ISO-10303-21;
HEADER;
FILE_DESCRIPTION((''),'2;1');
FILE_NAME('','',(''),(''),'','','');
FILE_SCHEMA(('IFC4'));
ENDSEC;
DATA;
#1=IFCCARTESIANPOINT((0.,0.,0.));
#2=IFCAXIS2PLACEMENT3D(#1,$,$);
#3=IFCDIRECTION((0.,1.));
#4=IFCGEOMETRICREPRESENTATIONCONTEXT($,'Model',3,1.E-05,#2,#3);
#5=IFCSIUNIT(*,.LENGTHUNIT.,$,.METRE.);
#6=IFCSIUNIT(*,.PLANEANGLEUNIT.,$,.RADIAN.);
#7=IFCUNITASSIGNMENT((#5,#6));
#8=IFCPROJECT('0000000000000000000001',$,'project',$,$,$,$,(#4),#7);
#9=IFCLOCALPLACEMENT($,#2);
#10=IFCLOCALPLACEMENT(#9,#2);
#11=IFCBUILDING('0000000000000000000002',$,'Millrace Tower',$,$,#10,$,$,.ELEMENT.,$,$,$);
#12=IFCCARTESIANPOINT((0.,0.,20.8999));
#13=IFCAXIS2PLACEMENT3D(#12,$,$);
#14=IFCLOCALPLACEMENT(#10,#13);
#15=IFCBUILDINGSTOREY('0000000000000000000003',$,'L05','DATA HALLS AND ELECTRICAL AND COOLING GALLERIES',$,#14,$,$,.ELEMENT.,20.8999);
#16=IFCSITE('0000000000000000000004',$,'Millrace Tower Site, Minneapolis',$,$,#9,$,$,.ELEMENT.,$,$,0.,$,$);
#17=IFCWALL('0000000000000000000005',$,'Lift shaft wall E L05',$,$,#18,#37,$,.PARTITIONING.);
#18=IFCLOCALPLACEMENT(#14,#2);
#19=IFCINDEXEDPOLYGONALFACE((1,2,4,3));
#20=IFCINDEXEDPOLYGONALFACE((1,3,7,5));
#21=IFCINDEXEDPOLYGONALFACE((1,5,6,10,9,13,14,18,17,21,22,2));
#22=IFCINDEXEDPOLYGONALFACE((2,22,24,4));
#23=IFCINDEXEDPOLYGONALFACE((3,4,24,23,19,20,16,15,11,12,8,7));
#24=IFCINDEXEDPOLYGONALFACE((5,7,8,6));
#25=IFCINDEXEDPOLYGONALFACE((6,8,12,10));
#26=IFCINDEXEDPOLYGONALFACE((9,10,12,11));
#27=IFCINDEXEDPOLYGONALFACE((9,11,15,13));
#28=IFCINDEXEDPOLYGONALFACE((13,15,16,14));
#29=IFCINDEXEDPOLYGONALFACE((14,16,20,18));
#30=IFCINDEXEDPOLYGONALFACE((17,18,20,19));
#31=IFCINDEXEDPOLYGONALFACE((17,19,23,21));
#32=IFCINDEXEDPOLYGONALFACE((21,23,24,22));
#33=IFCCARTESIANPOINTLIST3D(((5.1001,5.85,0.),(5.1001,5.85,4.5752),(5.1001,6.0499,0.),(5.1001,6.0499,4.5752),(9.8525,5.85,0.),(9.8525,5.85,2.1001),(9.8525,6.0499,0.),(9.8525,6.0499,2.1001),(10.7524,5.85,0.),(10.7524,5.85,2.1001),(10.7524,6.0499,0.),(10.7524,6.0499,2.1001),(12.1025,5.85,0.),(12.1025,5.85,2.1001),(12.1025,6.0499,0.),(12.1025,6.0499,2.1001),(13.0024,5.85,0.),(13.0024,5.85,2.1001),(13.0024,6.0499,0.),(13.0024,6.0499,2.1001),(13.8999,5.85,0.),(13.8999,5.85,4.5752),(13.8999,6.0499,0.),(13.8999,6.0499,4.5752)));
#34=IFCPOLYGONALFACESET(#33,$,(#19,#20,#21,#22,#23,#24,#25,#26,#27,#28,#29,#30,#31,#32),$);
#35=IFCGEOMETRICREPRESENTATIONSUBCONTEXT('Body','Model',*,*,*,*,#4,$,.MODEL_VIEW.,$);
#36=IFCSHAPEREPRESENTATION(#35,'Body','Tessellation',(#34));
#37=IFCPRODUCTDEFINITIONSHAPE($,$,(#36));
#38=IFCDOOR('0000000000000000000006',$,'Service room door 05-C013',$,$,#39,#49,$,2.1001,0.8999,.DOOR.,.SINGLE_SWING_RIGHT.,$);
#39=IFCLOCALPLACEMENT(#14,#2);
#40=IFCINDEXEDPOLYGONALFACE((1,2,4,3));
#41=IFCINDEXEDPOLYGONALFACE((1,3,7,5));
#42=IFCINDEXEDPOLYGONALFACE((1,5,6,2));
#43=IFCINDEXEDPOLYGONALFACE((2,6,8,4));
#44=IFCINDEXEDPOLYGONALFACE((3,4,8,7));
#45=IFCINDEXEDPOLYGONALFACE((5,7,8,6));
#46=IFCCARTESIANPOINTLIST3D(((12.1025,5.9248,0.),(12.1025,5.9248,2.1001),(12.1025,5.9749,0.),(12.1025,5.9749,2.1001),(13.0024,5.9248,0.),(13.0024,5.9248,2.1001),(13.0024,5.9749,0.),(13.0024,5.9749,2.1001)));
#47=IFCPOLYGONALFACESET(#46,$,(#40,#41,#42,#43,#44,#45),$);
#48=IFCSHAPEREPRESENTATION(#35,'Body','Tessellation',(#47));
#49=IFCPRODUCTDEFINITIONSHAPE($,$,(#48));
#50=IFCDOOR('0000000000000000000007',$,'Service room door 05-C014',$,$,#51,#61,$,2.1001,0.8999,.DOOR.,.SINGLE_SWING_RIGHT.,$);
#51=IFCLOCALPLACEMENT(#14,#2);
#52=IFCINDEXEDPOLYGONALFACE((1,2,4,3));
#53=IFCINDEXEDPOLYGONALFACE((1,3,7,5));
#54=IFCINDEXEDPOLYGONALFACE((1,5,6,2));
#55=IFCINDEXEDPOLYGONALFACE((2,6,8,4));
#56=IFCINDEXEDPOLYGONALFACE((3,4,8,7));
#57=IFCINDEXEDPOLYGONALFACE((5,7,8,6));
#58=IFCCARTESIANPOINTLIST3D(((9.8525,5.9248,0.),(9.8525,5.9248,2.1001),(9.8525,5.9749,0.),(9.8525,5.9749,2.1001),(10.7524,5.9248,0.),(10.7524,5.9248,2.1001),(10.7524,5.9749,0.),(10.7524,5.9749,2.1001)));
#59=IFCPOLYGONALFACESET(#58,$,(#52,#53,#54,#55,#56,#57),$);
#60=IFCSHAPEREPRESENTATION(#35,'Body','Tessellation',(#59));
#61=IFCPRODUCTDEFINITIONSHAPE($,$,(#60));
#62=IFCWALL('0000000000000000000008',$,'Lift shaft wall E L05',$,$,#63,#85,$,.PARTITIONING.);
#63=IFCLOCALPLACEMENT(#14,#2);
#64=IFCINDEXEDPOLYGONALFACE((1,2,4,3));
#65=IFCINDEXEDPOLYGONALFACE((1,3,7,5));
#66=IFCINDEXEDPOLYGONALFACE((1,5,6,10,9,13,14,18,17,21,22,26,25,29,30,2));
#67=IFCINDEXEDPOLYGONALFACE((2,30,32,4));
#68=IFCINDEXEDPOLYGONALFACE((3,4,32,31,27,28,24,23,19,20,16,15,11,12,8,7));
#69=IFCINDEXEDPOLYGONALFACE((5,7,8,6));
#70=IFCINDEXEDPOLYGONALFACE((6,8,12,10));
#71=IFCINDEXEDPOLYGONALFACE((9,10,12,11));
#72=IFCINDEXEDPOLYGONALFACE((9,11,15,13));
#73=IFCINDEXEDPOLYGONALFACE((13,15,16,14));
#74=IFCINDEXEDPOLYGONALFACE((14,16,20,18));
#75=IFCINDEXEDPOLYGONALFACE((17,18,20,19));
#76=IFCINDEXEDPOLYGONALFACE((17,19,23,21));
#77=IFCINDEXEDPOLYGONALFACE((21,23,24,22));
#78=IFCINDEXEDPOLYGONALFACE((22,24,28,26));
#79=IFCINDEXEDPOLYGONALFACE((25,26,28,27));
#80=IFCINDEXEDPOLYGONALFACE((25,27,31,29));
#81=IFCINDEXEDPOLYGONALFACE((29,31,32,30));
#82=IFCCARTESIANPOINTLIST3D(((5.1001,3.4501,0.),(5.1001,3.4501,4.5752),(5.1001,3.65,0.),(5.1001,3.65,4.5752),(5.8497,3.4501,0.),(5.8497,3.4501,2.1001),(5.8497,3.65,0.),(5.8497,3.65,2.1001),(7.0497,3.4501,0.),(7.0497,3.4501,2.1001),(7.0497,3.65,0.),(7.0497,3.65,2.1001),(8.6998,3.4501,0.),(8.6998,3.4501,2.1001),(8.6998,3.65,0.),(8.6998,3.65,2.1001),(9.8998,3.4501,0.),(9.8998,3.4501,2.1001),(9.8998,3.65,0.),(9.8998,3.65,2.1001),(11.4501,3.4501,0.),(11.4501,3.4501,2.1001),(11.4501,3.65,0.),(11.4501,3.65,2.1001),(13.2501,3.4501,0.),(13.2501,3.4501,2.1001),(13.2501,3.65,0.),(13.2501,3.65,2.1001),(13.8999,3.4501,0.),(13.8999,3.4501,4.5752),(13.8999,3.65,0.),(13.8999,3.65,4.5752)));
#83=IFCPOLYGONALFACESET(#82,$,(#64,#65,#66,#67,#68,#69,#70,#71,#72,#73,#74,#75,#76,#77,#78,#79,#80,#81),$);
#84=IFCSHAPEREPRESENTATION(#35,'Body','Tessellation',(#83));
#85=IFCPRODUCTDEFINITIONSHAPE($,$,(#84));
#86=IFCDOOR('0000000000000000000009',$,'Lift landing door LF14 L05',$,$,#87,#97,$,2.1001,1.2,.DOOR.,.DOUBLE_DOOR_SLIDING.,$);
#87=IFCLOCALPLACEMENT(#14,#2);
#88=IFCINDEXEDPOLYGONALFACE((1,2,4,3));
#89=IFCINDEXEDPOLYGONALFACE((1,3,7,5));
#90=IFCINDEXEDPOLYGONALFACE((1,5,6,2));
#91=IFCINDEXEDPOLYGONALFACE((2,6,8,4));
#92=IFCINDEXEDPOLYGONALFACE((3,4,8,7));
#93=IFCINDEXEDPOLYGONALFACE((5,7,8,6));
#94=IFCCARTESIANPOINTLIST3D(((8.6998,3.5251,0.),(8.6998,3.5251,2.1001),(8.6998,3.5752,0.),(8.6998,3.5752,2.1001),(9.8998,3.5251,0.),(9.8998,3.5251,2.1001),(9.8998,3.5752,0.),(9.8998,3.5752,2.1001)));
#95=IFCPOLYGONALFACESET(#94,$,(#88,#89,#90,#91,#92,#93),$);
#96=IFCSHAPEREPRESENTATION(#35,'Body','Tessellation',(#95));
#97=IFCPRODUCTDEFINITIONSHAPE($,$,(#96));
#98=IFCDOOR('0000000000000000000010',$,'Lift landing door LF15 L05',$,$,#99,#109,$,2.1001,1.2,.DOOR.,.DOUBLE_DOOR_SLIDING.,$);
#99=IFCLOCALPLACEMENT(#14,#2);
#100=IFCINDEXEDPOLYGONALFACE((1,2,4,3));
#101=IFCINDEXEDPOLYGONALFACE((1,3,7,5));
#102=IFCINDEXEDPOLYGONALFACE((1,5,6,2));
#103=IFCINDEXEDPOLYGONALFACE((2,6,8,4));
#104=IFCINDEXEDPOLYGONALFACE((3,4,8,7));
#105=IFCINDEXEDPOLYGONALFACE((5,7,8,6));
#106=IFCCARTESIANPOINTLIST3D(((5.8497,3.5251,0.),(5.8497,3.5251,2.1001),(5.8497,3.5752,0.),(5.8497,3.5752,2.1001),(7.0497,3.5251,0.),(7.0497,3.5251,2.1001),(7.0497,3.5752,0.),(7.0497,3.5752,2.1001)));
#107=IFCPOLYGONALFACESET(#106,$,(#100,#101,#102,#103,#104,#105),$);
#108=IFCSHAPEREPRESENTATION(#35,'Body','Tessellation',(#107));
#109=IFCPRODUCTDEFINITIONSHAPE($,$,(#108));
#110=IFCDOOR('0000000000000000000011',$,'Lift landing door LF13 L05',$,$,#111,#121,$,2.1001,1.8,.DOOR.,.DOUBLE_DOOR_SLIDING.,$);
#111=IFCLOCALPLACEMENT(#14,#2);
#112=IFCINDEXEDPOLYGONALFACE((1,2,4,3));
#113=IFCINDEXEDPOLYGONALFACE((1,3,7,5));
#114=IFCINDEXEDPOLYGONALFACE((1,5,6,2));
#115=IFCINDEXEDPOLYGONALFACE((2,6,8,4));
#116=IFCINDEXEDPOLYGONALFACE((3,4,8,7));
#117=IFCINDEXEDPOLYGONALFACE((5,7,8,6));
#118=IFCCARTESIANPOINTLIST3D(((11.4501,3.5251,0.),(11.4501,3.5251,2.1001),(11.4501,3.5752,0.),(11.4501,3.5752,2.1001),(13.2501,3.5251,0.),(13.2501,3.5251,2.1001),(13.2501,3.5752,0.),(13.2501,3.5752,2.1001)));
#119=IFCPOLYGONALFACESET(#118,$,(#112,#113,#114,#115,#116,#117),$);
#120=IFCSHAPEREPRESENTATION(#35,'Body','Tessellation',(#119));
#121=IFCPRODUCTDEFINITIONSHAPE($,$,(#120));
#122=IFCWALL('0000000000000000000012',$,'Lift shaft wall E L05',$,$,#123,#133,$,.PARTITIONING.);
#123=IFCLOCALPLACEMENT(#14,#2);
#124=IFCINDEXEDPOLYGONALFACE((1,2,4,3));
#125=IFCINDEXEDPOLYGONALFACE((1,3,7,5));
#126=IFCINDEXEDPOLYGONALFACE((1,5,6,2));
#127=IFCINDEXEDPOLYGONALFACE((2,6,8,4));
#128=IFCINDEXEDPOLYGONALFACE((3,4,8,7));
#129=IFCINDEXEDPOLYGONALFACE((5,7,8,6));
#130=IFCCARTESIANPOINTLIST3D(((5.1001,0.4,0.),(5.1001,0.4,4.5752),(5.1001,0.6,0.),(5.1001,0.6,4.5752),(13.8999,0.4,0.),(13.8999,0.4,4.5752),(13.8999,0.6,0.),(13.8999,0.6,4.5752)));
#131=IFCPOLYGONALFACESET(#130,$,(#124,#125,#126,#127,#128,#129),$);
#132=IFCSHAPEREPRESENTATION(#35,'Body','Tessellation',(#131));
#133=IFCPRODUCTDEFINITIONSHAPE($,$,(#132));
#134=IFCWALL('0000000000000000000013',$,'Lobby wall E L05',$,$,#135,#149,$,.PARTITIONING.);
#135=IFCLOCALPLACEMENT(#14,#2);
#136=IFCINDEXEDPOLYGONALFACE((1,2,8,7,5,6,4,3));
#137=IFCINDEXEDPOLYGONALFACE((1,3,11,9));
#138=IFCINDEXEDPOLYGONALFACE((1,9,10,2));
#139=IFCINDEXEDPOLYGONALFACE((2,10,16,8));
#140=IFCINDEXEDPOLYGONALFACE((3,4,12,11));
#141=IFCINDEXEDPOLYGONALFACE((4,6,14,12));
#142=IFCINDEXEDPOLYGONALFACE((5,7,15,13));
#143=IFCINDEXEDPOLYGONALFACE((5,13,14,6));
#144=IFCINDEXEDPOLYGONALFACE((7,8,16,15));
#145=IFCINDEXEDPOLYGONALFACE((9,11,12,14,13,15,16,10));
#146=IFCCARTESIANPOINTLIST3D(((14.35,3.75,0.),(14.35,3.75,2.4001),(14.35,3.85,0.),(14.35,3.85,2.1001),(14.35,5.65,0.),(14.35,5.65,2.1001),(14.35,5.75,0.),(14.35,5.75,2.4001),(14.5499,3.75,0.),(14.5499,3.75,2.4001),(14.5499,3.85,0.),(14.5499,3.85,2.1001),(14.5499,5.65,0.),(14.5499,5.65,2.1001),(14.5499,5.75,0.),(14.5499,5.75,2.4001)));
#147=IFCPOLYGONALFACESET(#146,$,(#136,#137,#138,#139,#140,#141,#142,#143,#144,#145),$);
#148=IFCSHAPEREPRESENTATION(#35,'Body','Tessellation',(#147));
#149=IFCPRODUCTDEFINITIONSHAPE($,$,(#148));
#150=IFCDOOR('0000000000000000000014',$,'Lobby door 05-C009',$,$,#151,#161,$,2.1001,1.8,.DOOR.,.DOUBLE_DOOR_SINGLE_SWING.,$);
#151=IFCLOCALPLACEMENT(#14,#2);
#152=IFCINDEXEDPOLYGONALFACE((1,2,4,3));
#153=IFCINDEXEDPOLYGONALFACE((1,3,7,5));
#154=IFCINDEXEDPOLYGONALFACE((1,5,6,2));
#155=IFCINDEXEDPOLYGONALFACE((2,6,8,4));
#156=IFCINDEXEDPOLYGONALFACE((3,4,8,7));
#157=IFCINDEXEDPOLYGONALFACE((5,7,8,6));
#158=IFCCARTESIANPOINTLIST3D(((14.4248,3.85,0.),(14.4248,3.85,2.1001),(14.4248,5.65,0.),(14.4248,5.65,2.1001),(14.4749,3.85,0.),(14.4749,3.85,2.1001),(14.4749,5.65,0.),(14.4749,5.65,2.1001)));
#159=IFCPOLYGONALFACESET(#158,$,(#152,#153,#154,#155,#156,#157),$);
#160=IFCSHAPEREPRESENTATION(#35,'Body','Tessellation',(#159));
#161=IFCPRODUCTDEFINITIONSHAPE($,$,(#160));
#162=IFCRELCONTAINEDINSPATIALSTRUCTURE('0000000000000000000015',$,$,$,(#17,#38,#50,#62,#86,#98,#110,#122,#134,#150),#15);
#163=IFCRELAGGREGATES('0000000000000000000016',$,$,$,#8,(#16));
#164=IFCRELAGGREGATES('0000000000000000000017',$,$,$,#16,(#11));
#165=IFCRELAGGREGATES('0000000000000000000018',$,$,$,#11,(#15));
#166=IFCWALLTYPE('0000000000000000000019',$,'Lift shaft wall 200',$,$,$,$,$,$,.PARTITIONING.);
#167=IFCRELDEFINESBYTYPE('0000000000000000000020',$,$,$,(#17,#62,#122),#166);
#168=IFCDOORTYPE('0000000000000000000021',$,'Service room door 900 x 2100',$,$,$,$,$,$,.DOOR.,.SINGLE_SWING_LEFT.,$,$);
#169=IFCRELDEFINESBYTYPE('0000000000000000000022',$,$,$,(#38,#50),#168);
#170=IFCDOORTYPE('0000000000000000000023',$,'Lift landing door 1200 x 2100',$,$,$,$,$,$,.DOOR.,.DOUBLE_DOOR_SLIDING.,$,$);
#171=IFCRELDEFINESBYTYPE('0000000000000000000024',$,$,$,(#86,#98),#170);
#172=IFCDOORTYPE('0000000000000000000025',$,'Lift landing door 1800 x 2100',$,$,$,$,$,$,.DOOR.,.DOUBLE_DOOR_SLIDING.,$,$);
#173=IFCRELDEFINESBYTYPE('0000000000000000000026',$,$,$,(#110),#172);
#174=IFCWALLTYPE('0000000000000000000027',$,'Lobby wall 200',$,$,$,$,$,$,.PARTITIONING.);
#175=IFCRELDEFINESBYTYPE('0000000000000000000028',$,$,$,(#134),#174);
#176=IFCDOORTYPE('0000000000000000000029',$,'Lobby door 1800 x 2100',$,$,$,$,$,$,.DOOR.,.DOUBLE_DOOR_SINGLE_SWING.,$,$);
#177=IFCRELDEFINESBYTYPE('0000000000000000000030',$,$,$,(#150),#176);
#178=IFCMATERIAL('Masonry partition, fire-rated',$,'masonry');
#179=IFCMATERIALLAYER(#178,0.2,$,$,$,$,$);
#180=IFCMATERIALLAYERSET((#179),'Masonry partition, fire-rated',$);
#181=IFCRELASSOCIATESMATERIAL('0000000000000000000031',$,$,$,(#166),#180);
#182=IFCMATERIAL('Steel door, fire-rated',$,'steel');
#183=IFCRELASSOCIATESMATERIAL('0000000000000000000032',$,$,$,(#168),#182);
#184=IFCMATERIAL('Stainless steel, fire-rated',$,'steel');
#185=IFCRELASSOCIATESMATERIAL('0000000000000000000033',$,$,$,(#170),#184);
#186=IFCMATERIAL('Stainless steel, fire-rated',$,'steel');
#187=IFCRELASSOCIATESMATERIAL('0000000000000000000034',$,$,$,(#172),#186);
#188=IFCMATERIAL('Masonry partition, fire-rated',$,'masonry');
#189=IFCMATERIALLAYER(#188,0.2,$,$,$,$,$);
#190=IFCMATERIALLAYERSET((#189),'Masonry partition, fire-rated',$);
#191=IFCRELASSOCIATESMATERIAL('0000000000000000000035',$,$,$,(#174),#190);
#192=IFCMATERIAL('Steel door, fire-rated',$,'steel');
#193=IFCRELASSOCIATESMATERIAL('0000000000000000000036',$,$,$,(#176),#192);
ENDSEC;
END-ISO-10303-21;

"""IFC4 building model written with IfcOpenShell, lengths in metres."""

from ifc_helpers import new_model, si_unit, direction, frame, frame_2d, origin, place, context, subcontext, project, spatial, rectangle, extrude, material, layer, layer_set, type_object, element, fill, save


model = new_model("IFC4")

# Units and contexts
model_context = context("Model", 3, precision=1e-05, world=origin(), true_north=direction((0.0, 1.0)))
body_context = subcontext(model_context, "Body", "Model", "MODEL_VIEW")
ifc_project = project(units=[si_unit("LENGTHUNIT", "METRE"), si_unit("PLANEANGLEUNIT", "RADIAN")], contexts=[model_context])

# Site, building, storey
site_placement = place(None, origin())
site = spatial("IfcSite", under=ifc_project, at=site_placement, Name="Millrace Tower Site, Minneapolis", CompositionType="ELEMENT", RefElevation=0.0)
building_placement = place(site_placement, origin())
building = spatial("IfcBuilding", under=site, at=building_placement, Name="Millrace Tower", CompositionType="ELEMENT")
storey_placement = place(building_placement, frame((0.0, 0.0, 20.8999)))
storey = spatial("IfcBuildingStorey", under=building, at=storey_placement, Name="L05", Description="DATA HALLS AND ELECTRICAL AND COOLING GALLERIES", CompositionType="ELEMENT", Elevation=20.8999)

# Walls, openings, doors
ifc_material_1 = material(Name="Masonry partition, fire-rated", Category="masonry")
ifc_layer_1 = layer(ifc_material_1, 0.2)
ifc_layer_set_1 = layer_set([ifc_layer_1], Name="Masonry partition, fire-rated")
wall_type_1 = type_object("IfcWallType", Name="Lift shaft wall 200", PredefinedType="PARTITIONING", material=ifc_layer_set_1)
wall_1_placement = place(storey_placement, frame((13.8999, 5.95, 0.0), z_axis=(0.0, 0.0, 1.0), x_axis=(-1.0, 0.0, 0.0)))
wall_1 = element("IfcWall", 1, at=wall_1_placement, inside=storey, type_object=wall_type_1, Name="Lift shaft wall E L05", PredefinedType="PARTITIONING", context=body_context, shape_type="SweptSolid", body=[
    extrude(rectangle(XDim=8.7998, YDim=0.2, at=frame_2d((4.3999, 0.0))), origin(), (0.0, 0.0, 1.0), 4.5752),
])
opening_1_placement = place(wall_1_placement, frame((0.8975, 0.0, 0.0)))
opening_1 = element("IfcOpeningElement", 2, at=opening_1_placement, cuts=wall_1, PredefinedType="OPENING", context=body_context, shape_type="SweptSolid", body=[
    extrude(rectangle(XDim=0.8999, YDim=2.1001, at=frame_2d((0.45, 1.05))), frame((0.0, 0.1099, 0.0), z_axis=(0.0, -1.0, 0.0), x_axis=(1.0, 0.0, 0.0)), (0.0, 0.0, 1.0), 0.22),
])
opening_2_placement = place(wall_1_placement, frame((3.1475, 0.0, 0.0)))
opening_2 = element("IfcOpeningElement", 3, at=opening_2_placement, cuts=wall_1, PredefinedType="OPENING", context=body_context, shape_type="SweptSolid", body=[
    extrude(rectangle(XDim=0.8999, YDim=2.1001, at=frame_2d((0.45, 1.05))), frame((0.0, 0.1099, 0.0), z_axis=(0.0, -1.0, 0.0), x_axis=(1.0, 0.0, 0.0)), (0.0, 0.0, 1.0), 0.22),
])
ifc_material_2 = material(Name="Steel door, fire-rated", Category="steel")
door_type_1 = type_object("IfcDoorType", Name="Service room door 900 x 2100", OperationType="SINGLE_SWING_LEFT", PredefinedType="DOOR", material=ifc_material_2)
door_1_placement = place(opening_1_placement, frame((0.8999, 0.0, 0.0), z_axis=(0.0, 0.0, 1.0), x_axis=(-1.0, 0.0, 0.0)))
door_1 = element("IfcDoor", 4, at=door_1_placement, inside=storey, type_object=door_type_1, Name="Service room door 05-C013", OperationType="SINGLE_SWING_RIGHT", OverallHeight=2.1001, OverallWidth=0.8999, PredefinedType="DOOR", context=body_context, shape_type="SweptSolid", body=[
    extrude(rectangle(XDim=0.8999, YDim=2.1001, at=frame_2d((0.45, 1.05))), frame((0.0, 0.0249, 0.0), z_axis=(0.0, -1.0, 0.0), x_axis=(1.0, 0.0, 0.0)), (0.0, 0.0, 1.0), 0.05),
])
fill(opening_1, door_1)
door_2_placement = place(opening_2_placement, frame((0.8999, 0.0, 0.0), z_axis=(0.0, 0.0, 1.0), x_axis=(-1.0, 0.0, 0.0)))
door_2 = element("IfcDoor", 5, at=door_2_placement, inside=storey, type_object=door_type_1, Name="Service room door 05-C014", OperationType="SINGLE_SWING_RIGHT", OverallHeight=2.1001, OverallWidth=0.8999, PredefinedType="DOOR", context=body_context, shape_type="SweptSolid", body=[
    extrude(rectangle(XDim=0.8999, YDim=2.1001, at=frame_2d((0.45, 1.05))), frame((0.0, 0.0249, 0.0), z_axis=(0.0, -1.0, 0.0), x_axis=(1.0, 0.0, 0.0)), (0.0, 0.0, 1.0), 0.05),
])
fill(opening_2, door_2)
wall_2_placement = place(storey_placement, frame((13.8999, 3.55, 0.0), z_axis=(0.0, 0.0, 1.0), x_axis=(-1.0, 0.0, 0.0)))
wall_2 = element("IfcWall", 6, at=wall_2_placement, inside=storey, type_object=wall_type_1, Name="Lift shaft wall E L05", PredefinedType="PARTITIONING", context=body_context, shape_type="SweptSolid", body=[
    extrude(rectangle(XDim=8.7998, YDim=0.2, at=frame_2d((4.3999, 0.0))), origin(), (0.0, 0.0, 1.0), 4.5752),
])
opening_3_placement = place(wall_2_placement, frame((0.6499, 0.0, 0.0)))
opening_3 = element("IfcOpeningElement", 7, at=opening_3_placement, cuts=wall_2, PredefinedType="OPENING", context=body_context, shape_type="SweptSolid", body=[
    extrude(rectangle(XDim=1.8, YDim=2.1001, at=frame_2d((0.8999, 1.05))), frame((0.0, 0.1099, 0.0), z_axis=(0.0, -1.0, 0.0), x_axis=(1.0, 0.0, 0.0)), (0.0, 0.0, 1.0), 0.22),
])
opening_4_placement = place(wall_2_placement, frame((4.0, 0.0, 0.0)))
opening_4 = element("IfcOpeningElement", 8, at=opening_4_placement, cuts=wall_2, PredefinedType="OPENING", context=body_context, shape_type="SweptSolid", body=[
    extrude(rectangle(XDim=1.2, YDim=2.1001, at=frame_2d((0.6001, 1.05))), frame((0.0, 0.1099, 0.0), z_axis=(0.0, -1.0, 0.0), x_axis=(1.0, 0.0, 0.0)), (0.0, 0.0, 1.0), 0.22),
])
opening_5_placement = place(wall_2_placement, frame((6.8501, 0.0, 0.0)))
opening_5 = element("IfcOpeningElement", 9, at=opening_5_placement, cuts=wall_2, PredefinedType="OPENING", context=body_context, shape_type="SweptSolid", body=[
    extrude(rectangle(XDim=1.2, YDim=2.1001, at=frame_2d((0.6001, 1.05))), frame((0.0, 0.1099, 0.0), z_axis=(0.0, -1.0, 0.0), x_axis=(1.0, 0.0, 0.0)), (0.0, 0.0, 1.0), 0.22),
])
ifc_material_3 = material(Name="Stainless steel, fire-rated", Category="steel")
door_type_2 = type_object("IfcDoorType", Name="Lift landing door 1200 x 2100", OperationType="DOUBLE_DOOR_SLIDING", PredefinedType="DOOR", material=ifc_material_3)
door_3_placement = place(opening_4_placement, origin())
door_3 = element("IfcDoor", 10, at=door_3_placement, inside=storey, type_object=door_type_2, Name="Lift landing door LF14 L05", OperationType="DOUBLE_DOOR_SLIDING", OverallHeight=2.1001, OverallWidth=1.2, PredefinedType="DOOR", context=body_context, shape_type="SweptSolid", body=[
    extrude(rectangle(XDim=1.2, YDim=2.1001, at=frame_2d((0.6001, 1.05))), frame((0.0, 0.0249, 0.0), z_axis=(0.0, -1.0, 0.0), x_axis=(1.0, 0.0, 0.0)), (0.0, 0.0, 1.0), 0.05),
])
fill(opening_4, door_3)
door_4_placement = place(opening_5_placement, origin())
door_4 = element("IfcDoor", 11, at=door_4_placement, inside=storey, type_object=door_type_2, Name="Lift landing door LF15 L05", OperationType="DOUBLE_DOOR_SLIDING", OverallHeight=2.1001, OverallWidth=1.2, PredefinedType="DOOR", context=body_context, shape_type="SweptSolid", body=[
    extrude(rectangle(XDim=1.2, YDim=2.1001, at=frame_2d((0.6001, 1.05))), frame((0.0, 0.0249, 0.0), z_axis=(0.0, -1.0, 0.0), x_axis=(1.0, 0.0, 0.0)), (0.0, 0.0, 1.0), 0.05),
])
fill(opening_5, door_4)
ifc_material_4 = material(Name="Stainless steel, fire-rated", Category="steel")
door_type_3 = type_object("IfcDoorType", Name="Lift landing door 1800 x 2100", OperationType="DOUBLE_DOOR_SLIDING", PredefinedType="DOOR", material=ifc_material_4)
door_5_placement = place(opening_3_placement, origin())
door_5 = element("IfcDoor", 12, at=door_5_placement, inside=storey, type_object=door_type_3, Name="Lift landing door LF13 L05", OperationType="DOUBLE_DOOR_SLIDING", OverallHeight=2.1001, OverallWidth=1.8, PredefinedType="DOOR", context=body_context, shape_type="SweptSolid", body=[
    extrude(rectangle(XDim=1.8, YDim=2.1001, at=frame_2d((0.8999, 1.05))), frame((0.0, 0.0249, 0.0), z_axis=(0.0, -1.0, 0.0), x_axis=(1.0, 0.0, 0.0)), (0.0, 0.0, 1.0), 0.05),
])
fill(opening_3, door_5)

# Wall
wall_3_placement = place(storey_placement, frame((13.8999, 0.5, 0.0), z_axis=(0.0, 0.0, 1.0), x_axis=(-1.0, 0.0, 0.0)))
element("IfcWall", 13, at=wall_3_placement, inside=storey, type_object=wall_type_1, Name="Lift shaft wall E L05", PredefinedType="PARTITIONING", context=body_context, shape_type="SweptSolid", body=[
    extrude(rectangle(XDim=8.7998, YDim=0.2, at=frame_2d((4.3999, 0.0))), origin(), (0.0, 0.0, 1.0), 4.5752),
])

# Wall, opening, door
ifc_material_5 = material(Name="Masonry partition, fire-rated", Category="masonry")
ifc_layer_2 = layer(ifc_material_5, 0.2)
ifc_layer_set_2 = layer_set([ifc_layer_2], Name="Masonry partition, fire-rated")
wall_type_2 = type_object("IfcWallType", Name="Lobby wall 200", PredefinedType="PARTITIONING", material=ifc_layer_set_2)
wall_4_placement = place(storey_placement, frame((14.45, 5.75, 0.0), z_axis=(0.0, 0.0, 1.0), x_axis=(0.0, -1.0, 0.0)))
wall_4 = element("IfcWall", 14, at=wall_4_placement, inside=storey, type_object=wall_type_2, Name="Lobby wall E L05", PredefinedType="PARTITIONING", context=body_context, shape_type="SweptSolid", body=[
    extrude(rectangle(XDim=2.0, YDim=0.2, at=frame_2d((1.0, 0.0))), origin(), (0.0, 0.0, 1.0), 2.4001),
])
opening_6_placement = place(wall_4_placement, frame((0.1001, 0.0, 0.0)))
opening_6 = element("IfcOpeningElement", 15, at=opening_6_placement, cuts=wall_4, PredefinedType="OPENING", context=body_context, shape_type="SweptSolid", body=[
    extrude(rectangle(XDim=1.8, YDim=2.1001, at=frame_2d((0.8999, 1.05))), frame((0.0, 0.1099, 0.0), z_axis=(0.0, -1.0, 0.0), x_axis=(1.0, 0.0, 0.0)), (0.0, 0.0, 1.0), 0.22),
])
ifc_material_6 = material(Name="Steel door, fire-rated", Category="steel")
door_type_4 = type_object("IfcDoorType", Name="Lobby door 1800 x 2100", OperationType="DOUBLE_DOOR_SINGLE_SWING", PredefinedType="DOOR", material=ifc_material_6)
door_6_placement = place(opening_6_placement, origin())
door_6 = element("IfcDoor", 16, at=door_6_placement, inside=storey, type_object=door_type_4, Name="Lobby door 05-C009", OperationType="DOUBLE_DOOR_SINGLE_SWING", OverallHeight=2.1001, OverallWidth=1.8, PredefinedType="DOOR", context=body_context, shape_type="SweptSolid", body=[
    extrude(rectangle(XDim=1.8, YDim=2.1001, at=frame_2d((0.8999, 1.05))), frame((0.0, 0.0249, 0.0), z_axis=(0.0, -1.0, 0.0), x_axis=(1.0, 0.0, 0.0)), (0.0, 0.0, 1.0), 0.05),
])
fill(opening_6, door_6)

save(model, "model.ifc")
